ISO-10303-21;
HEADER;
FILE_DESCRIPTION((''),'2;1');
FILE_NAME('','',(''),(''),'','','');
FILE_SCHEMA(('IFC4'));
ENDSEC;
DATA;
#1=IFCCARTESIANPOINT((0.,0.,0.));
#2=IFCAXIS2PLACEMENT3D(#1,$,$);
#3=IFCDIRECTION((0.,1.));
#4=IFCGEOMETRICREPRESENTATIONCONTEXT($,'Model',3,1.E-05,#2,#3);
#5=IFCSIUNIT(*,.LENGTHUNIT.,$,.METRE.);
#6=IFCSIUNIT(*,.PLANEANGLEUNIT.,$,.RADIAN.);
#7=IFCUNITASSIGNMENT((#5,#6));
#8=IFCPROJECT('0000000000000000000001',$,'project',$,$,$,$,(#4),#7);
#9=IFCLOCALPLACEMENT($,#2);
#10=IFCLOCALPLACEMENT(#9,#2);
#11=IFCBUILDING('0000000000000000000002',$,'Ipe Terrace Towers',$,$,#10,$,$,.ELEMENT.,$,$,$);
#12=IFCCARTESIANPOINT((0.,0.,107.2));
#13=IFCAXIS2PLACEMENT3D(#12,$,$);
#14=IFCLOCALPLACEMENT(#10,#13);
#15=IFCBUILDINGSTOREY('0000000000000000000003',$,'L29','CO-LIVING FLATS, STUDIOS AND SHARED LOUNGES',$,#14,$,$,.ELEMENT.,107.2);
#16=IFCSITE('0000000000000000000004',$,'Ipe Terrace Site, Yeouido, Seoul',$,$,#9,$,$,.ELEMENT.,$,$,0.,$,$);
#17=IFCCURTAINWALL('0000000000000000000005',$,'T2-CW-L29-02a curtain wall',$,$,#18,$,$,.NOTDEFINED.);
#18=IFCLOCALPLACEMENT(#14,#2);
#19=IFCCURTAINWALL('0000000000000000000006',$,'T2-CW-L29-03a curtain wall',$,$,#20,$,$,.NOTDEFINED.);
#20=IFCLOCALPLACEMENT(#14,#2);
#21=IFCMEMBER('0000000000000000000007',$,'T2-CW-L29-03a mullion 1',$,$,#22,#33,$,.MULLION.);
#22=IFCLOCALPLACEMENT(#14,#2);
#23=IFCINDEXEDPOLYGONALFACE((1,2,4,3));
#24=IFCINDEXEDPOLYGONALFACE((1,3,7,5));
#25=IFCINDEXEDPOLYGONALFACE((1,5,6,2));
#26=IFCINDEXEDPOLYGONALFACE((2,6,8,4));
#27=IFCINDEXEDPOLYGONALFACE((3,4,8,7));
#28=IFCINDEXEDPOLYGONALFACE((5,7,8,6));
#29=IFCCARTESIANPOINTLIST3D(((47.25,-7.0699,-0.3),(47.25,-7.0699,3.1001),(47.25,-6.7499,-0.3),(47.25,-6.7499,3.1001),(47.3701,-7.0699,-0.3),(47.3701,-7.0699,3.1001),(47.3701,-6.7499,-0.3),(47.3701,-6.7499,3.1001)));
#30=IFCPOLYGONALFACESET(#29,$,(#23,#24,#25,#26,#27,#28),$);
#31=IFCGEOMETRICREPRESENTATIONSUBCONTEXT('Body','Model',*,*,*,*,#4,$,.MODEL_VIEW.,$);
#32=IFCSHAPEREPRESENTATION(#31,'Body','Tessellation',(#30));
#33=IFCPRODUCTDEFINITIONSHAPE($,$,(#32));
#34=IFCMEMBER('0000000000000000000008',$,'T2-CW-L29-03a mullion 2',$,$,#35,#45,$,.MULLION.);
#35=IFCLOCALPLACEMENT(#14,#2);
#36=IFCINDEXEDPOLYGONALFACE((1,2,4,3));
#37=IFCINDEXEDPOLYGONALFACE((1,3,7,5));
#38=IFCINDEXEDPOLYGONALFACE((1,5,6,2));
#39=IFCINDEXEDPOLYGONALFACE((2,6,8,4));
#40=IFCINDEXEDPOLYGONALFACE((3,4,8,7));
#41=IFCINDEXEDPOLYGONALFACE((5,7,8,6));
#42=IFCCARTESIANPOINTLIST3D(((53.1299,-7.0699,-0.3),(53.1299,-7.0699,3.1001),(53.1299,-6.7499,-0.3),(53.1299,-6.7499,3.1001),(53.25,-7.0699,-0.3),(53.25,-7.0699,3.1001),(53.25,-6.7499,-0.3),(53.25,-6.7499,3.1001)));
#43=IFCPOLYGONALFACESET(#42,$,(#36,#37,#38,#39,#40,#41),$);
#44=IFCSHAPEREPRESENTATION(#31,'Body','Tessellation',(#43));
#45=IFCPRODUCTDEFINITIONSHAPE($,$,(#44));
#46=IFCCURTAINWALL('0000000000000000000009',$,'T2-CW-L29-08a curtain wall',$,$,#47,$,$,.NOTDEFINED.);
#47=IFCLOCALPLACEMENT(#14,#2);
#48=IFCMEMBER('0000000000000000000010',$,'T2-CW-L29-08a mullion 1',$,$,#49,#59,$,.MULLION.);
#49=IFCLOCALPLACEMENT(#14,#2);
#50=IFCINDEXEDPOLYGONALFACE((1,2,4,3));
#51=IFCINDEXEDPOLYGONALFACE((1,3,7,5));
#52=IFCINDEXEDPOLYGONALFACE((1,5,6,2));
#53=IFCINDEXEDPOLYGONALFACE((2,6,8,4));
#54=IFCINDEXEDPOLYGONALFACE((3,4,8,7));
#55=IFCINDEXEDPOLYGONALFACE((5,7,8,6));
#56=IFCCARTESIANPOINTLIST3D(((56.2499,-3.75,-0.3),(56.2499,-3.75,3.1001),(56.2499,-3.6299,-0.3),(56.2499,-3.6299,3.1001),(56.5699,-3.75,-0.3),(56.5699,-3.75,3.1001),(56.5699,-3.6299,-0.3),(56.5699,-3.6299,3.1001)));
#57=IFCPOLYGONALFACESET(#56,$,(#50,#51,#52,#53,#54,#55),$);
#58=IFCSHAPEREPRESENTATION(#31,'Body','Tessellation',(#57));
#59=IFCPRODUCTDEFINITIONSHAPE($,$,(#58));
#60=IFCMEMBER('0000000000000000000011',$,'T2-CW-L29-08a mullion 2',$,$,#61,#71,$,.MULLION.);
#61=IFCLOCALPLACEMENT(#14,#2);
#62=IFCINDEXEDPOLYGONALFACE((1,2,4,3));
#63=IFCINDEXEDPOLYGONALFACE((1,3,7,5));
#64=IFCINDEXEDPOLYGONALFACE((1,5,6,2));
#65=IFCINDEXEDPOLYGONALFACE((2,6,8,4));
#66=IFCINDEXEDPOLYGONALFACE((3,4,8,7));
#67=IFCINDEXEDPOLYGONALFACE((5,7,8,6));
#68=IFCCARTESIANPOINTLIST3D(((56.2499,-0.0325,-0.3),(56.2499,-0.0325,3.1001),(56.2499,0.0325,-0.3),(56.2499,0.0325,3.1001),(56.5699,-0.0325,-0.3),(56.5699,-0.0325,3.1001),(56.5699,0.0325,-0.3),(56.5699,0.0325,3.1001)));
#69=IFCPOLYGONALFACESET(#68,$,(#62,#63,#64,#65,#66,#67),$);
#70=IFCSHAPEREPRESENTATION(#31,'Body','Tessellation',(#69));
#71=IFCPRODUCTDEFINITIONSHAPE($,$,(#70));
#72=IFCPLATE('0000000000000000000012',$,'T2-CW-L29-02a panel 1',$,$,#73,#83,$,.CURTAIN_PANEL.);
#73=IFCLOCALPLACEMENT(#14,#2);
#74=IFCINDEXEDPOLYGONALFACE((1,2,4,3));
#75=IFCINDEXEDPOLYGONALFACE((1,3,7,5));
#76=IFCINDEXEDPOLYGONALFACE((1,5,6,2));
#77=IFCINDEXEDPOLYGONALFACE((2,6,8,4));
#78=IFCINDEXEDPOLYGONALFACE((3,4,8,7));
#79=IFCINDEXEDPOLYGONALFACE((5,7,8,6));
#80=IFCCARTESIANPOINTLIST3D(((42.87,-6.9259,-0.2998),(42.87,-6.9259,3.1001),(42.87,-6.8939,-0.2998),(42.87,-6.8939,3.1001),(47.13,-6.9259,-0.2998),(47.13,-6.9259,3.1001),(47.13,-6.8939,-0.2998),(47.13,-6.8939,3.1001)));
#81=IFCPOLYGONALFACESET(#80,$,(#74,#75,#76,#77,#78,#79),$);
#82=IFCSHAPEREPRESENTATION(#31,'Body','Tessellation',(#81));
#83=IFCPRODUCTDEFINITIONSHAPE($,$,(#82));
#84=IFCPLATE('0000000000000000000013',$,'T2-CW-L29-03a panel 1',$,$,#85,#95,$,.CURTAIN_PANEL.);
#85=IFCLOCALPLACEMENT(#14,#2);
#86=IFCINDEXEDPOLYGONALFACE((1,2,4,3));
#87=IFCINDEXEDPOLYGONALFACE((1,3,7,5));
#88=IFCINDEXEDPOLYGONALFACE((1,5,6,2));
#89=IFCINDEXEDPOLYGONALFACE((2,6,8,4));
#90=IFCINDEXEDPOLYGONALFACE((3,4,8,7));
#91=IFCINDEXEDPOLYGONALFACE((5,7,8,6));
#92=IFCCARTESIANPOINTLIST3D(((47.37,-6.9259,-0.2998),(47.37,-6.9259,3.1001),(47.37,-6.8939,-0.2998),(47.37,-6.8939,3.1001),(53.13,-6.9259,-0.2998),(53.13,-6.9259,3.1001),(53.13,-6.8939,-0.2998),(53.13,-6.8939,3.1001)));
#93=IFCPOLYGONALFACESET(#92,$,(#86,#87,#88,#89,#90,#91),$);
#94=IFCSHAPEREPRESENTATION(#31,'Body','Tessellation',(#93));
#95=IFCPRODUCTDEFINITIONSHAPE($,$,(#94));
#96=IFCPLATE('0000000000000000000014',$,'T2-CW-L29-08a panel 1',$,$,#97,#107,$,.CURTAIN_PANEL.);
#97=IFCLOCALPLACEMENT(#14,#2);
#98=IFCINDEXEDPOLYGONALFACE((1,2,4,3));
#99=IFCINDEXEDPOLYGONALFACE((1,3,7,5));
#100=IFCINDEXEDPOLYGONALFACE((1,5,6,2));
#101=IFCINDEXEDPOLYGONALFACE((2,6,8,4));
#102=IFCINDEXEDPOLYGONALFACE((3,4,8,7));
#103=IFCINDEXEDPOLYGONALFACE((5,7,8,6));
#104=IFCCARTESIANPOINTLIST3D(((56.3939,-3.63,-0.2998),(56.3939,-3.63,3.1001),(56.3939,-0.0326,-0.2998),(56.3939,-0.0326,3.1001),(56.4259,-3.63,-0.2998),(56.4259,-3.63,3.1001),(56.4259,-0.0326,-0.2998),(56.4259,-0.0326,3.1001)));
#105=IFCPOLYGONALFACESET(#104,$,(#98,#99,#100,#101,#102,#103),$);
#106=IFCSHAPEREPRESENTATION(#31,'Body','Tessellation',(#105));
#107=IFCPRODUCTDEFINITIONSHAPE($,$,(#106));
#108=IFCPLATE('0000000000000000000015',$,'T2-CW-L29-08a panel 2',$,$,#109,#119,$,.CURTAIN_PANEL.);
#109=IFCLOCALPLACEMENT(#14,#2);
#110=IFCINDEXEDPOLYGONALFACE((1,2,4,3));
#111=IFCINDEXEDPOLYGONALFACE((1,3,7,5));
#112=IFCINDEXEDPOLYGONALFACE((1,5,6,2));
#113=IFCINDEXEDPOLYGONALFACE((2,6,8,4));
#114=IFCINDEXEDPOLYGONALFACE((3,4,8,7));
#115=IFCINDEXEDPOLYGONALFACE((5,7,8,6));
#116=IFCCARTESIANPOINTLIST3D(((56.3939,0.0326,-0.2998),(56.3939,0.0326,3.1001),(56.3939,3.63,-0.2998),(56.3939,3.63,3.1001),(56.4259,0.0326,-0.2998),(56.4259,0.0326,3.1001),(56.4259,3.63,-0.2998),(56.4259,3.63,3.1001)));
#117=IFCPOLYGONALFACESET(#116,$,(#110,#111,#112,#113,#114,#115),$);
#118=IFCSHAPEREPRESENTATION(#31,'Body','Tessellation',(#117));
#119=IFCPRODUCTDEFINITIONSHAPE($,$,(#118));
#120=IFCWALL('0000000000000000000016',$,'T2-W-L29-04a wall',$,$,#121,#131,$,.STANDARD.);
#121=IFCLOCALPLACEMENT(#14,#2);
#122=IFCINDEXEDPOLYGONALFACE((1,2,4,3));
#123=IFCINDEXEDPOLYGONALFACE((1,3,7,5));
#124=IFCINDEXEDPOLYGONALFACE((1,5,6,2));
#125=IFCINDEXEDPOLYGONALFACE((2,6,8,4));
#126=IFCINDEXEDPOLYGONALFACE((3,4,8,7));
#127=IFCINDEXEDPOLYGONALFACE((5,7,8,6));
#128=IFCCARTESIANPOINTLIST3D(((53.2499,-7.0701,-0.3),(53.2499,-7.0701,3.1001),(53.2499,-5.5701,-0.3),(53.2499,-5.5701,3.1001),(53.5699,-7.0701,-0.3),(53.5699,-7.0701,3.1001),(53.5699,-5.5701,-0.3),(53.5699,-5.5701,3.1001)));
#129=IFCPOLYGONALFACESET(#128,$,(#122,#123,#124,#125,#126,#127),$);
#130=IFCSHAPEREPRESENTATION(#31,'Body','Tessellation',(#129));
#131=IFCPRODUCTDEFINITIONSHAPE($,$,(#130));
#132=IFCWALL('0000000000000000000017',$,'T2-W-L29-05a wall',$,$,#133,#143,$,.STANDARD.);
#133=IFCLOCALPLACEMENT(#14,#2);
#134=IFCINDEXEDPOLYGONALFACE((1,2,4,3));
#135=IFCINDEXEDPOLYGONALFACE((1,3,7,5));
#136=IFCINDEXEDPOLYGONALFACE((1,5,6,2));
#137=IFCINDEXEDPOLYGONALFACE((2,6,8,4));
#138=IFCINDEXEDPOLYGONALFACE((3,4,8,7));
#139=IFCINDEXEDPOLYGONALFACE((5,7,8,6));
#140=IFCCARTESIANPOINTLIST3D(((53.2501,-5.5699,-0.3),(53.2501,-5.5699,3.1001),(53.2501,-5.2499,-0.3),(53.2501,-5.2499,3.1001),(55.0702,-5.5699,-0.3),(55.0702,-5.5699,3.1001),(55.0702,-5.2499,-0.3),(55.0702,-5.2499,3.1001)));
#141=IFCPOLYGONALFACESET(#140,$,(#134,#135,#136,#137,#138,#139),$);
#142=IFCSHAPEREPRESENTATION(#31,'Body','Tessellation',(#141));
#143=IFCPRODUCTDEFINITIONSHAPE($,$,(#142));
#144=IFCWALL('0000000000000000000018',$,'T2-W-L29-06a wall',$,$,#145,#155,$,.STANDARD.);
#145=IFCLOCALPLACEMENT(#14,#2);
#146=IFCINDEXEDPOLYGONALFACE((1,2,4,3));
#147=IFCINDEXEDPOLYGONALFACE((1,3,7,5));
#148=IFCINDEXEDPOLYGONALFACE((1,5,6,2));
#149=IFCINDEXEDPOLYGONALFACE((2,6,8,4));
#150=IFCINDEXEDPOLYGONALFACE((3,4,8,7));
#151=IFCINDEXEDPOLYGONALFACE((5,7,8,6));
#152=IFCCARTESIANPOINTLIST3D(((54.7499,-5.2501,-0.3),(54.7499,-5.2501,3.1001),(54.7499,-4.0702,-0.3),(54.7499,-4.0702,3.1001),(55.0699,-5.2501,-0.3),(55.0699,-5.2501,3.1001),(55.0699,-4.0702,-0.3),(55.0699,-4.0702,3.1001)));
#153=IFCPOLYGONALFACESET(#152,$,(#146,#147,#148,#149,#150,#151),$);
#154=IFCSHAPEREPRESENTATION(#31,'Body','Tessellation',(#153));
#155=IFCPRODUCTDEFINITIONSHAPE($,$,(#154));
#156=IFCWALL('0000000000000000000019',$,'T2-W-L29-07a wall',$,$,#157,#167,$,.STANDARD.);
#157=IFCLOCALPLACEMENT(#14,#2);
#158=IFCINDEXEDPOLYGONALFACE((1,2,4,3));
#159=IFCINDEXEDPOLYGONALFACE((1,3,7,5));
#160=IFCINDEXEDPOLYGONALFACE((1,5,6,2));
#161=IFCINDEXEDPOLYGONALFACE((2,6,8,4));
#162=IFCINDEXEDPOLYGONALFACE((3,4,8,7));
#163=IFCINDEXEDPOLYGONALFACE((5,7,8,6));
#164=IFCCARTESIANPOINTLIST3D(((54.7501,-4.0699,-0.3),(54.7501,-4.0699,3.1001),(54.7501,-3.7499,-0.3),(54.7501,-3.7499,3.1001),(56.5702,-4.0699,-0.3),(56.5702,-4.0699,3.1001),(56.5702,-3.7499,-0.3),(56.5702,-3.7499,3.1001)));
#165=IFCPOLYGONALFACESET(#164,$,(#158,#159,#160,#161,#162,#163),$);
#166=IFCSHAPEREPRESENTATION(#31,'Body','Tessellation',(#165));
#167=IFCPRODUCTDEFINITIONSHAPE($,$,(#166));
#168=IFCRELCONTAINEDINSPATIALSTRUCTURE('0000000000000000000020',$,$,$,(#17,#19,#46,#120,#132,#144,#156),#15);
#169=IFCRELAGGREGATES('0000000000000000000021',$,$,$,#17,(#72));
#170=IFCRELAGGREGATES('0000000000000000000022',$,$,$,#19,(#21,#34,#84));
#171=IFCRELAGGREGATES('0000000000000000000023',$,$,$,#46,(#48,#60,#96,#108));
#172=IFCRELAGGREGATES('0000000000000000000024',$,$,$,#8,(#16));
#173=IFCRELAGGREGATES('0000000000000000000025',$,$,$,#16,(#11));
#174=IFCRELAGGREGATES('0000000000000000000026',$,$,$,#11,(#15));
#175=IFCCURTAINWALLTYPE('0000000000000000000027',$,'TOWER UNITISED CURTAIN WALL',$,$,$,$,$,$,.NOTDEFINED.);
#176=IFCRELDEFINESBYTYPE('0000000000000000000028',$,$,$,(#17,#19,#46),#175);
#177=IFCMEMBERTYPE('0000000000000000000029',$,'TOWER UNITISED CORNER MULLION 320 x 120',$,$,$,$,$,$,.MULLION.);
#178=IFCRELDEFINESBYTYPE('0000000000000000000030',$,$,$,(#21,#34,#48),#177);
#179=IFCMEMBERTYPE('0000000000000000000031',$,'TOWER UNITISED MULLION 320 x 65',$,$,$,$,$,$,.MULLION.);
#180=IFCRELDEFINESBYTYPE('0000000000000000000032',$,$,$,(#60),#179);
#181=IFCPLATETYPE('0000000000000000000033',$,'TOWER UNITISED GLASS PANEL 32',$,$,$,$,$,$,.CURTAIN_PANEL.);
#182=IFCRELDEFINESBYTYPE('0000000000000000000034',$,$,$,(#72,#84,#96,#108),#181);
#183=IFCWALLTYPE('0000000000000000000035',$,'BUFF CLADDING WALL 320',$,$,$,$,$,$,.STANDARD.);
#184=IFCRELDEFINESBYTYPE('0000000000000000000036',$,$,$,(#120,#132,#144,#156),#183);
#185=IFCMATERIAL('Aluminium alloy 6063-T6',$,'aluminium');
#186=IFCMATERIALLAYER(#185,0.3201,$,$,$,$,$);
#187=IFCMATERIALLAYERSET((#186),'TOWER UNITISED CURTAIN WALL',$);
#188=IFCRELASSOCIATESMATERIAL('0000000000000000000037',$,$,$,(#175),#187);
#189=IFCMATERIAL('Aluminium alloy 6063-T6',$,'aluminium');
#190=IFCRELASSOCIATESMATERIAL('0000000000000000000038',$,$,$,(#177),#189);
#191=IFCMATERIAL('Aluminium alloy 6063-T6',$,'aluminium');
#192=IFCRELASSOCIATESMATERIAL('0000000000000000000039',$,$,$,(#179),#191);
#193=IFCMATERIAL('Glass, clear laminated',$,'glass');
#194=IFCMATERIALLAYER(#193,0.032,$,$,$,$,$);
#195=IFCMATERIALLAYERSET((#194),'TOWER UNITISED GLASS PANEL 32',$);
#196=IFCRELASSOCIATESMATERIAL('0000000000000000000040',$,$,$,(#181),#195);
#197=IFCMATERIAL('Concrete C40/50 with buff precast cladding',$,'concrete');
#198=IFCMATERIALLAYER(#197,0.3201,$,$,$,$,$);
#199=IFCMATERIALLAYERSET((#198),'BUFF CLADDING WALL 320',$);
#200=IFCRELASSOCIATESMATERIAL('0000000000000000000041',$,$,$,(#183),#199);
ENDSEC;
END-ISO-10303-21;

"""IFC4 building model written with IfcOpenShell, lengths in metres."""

from ifc_helpers import new_model, si_unit, direction, frame, frame_2d, origin, origin_2d, place, context, subcontext, project, spatial, rectangle, extrude, material, layer, layer_set, material_profile, profile_set, type_object, element, aggregate, save


model = new_model("IFC4")

# Units and contexts
model_context = context("Model", 3, precision=1e-05, world=origin(), true_north=direction((0.0, 1.0)))
body_context = subcontext(model_context, "Body", "Model", "MODEL_VIEW")
ifc_project = project(units=[si_unit("LENGTHUNIT", "METRE"), si_unit("PLANEANGLEUNIT", "RADIAN")], contexts=[model_context])

# Site, building, storey
site_placement = place(None, origin())
site = spatial("IfcSite", under=ifc_project, at=site_placement, Name="Ipe Terrace Site, Yeouido, Seoul", CompositionType="ELEMENT", RefElevation=0.0)
building_placement = place(site_placement, origin())
building = spatial("IfcBuilding", under=site, at=building_placement, Name="Ipe Terrace Towers", CompositionType="ELEMENT")
storey_placement = place(building_placement, frame((0.0, 0.0, 107.2)))
storey = spatial("IfcBuildingStorey", under=building, at=storey_placement, Name="L29", Description="CO-LIVING FLATS, STUDIOS AND SHARED LOUNGES", CompositionType="ELEMENT", Elevation=107.2)

# Curtain wall
ifc_material_1 = material(Name="Aluminium alloy 6063-T6", Category="aluminium")
ifc_layer_1 = layer(ifc_material_1, 0.3201)
ifc_layer_set_1 = layer_set([ifc_layer_1], Name="TOWER UNITISED CURTAIN WALL")
curtain_wall_type = type_object("IfcCurtainWallType", Name="TOWER UNITISED CURTAIN WALL", PredefinedType="NOTDEFINED", material=ifc_layer_set_1)
curtain_wall_1_placement = place(storey_placement, origin())
curtain_wall_1 = element("IfcCurtainWall", 1, at=curtain_wall_1_placement, inside=storey, type_object=curtain_wall_type, Name="T2-CW-L29-02a curtain wall", PredefinedType="NOTDEFINED")
ifc_material_2 = material(Name="Aluminium alloy 6063-T6", Category="aluminium")
ifc_material_profile_1 = material_profile(ifc_material_2, rectangle(XDim=0.3201, YDim=0.1201, at=origin_2d()), Name="TOWER UNITISED CORNER MULLION 320 x 120")
ifc_profile_set_1 = profile_set([ifc_material_profile_1], Name="Aluminium alloy 6063-T6")
member_type_1 = type_object("IfcMemberType", Name="TOWER UNITISED CORNER MULLION 320 x 120", PredefinedType="MULLION", material=ifc_profile_set_1)

# Curtain walls, members
curtain_wall_2_placement = place(storey_placement, origin())
curtain_wall_2 = element("IfcCurtainWall", 2, at=curtain_wall_2_placement, inside=storey, type_object=curtain_wall_type, Name="T2-CW-L29-03a curtain wall", PredefinedType="NOTDEFINED")
member_1_placement = place(storey_placement, frame((47.3101, -6.9099, -0.3), z_axis=(0.0, 0.0, 1.0), x_axis=(0.0, -1.0, 0.0)))
member_1 = element("IfcMember", 3, at=member_1_placement, type_object=member_type_1, Name="T2-CW-L29-03a mullion 1", PredefinedType="MULLION", context=body_context, shape_type="SweptSolid", body=[
    extrude(rectangle(XDim=0.3201, YDim=0.1201, at=origin_2d()), origin(), (0.0, 0.0, 1.0), 3.4001),
])
member_2_placement = place(storey_placement, frame((53.1899, -6.9099, -0.3), z_axis=(0.0, 0.0, 1.0), x_axis=(0.0, -1.0, 0.0)))
member_2 = element("IfcMember", 4, at=member_2_placement, type_object=member_type_1, Name="T2-CW-L29-03a mullion 2", PredefinedType="MULLION", context=body_context, shape_type="SweptSolid", body=[
    extrude(rectangle(XDim=0.3201, YDim=0.1201, at=origin_2d()), origin(), (0.0, 0.0, 1.0), 3.4001),
])
curtain_wall_3_placement = place(storey_placement, origin())
curtain_wall_3 = element("IfcCurtainWall", 5, at=curtain_wall_3_placement, inside=storey, type_object=curtain_wall_type, Name="T2-CW-L29-08a curtain wall", PredefinedType="NOTDEFINED")
member_3_placement = place(storey_placement, frame((56.4099, -3.6899, -0.3), z_axis=(0.0, 0.0, 1.0), x_axis=(1.0, 0.0, 0.0)))
member_3 = element("IfcMember", 6, at=member_3_placement, type_object=member_type_1, Name="T2-CW-L29-08a mullion 1", PredefinedType="MULLION", context=body_context, shape_type="SweptSolid", body=[
    extrude(rectangle(XDim=0.3201, YDim=0.1201, at=origin_2d()), origin(), (0.0, 0.0, 1.0), 3.4001),
])
ifc_material_3 = material(Name="Aluminium alloy 6063-T6", Category="aluminium")
ifc_material_profile_2 = material_profile(ifc_material_3, rectangle(XDim=0.3201, YDim=0.0649, at=origin_2d()), Name="TOWER UNITISED MULLION 320 x 65")
ifc_profile_set_2 = profile_set([ifc_material_profile_2], Name="Aluminium alloy 6063-T6")
member_type_2 = type_object("IfcMemberType", Name="TOWER UNITISED MULLION 320 x 65", PredefinedType="MULLION", material=ifc_profile_set_2)
member_4_placement = place(storey_placement, frame((56.4099, 0.0, -0.3), z_axis=(0.0, 0.0, 1.0), x_axis=(1.0, 0.0, 0.0)))
member_4 = element("IfcMember", 7, at=member_4_placement, type_object=member_type_2, Name="T2-CW-L29-08a mullion 2", PredefinedType="MULLION", context=body_context, shape_type="SweptSolid", body=[
    extrude(rectangle(XDim=0.3201, YDim=0.0649, at=origin_2d()), origin(), (0.0, 0.0, 1.0), 3.4001),
])

# Plates
ifc_material_4 = material(Name="Glass, clear laminated", Category="glass")
ifc_layer_2 = layer(ifc_material_4, 0.032)
ifc_layer_set_2 = layer_set([ifc_layer_2], Name="TOWER UNITISED GLASS PANEL 32")
plate_type = type_object("IfcPlateType", Name="TOWER UNITISED GLASS PANEL 32", PredefinedType="CURTAIN_PANEL", material=ifc_layer_set_2)
plate_1_placement = place(storey_placement, frame((45.0, -6.9099, -0.2998), z_axis=(0.0, 0.0, 1.0), x_axis=(1.0, 0.0, 0.0)))
plate_1 = element("IfcPlate", 8, at=plate_1_placement, type_object=plate_type, Name="T2-CW-L29-02a panel 1", PredefinedType="CURTAIN_PANEL", context=body_context, shape_type="SweptSolid", body=[
    extrude(rectangle(XDim=4.26, YDim=0.032, at=origin_2d()), origin(), (0.0, 0.0, 1.0), 3.3999),
])
aggregate(curtain_wall_1, [plate_1])
plate_2_placement = place(storey_placement, frame((50.25, -6.9099, -0.2998), z_axis=(0.0, 0.0, 1.0), x_axis=(1.0, 0.0, 0.0)))
plate_2 = element("IfcPlate", 9, at=plate_2_placement, type_object=plate_type, Name="T2-CW-L29-03a panel 1", PredefinedType="CURTAIN_PANEL", context=body_context, shape_type="SweptSolid", body=[
    extrude(rectangle(XDim=5.76, YDim=0.032, at=origin_2d()), origin(), (0.0, 0.0, 1.0), 3.3999),
])
aggregate(curtain_wall_2, [member_1, member_2, plate_2])
plate_3_placement = place(storey_placement, frame((56.4099, -1.8313, -0.2998), z_axis=(0.0, 0.0, 1.0), x_axis=(0.0, 1.0, 0.0)))
plate_3 = element("IfcPlate", 10, at=plate_3_placement, type_object=plate_type, Name="T2-CW-L29-08a panel 1", PredefinedType="CURTAIN_PANEL", context=body_context, shape_type="SweptSolid", body=[
    extrude(rectangle(XDim=3.5974, YDim=0.032, at=origin_2d()), origin(), (0.0, 0.0, 1.0), 3.3999),
])
plate_4_placement = place(storey_placement, frame((56.4099, 1.8313, -0.2998), z_axis=(0.0, 0.0, 1.0), x_axis=(0.0, 1.0, 0.0)))
plate_4 = element("IfcPlate", 11, at=plate_4_placement, type_object=plate_type, Name="T2-CW-L29-08a panel 2", PredefinedType="CURTAIN_PANEL", context=body_context, shape_type="SweptSolid", body=[
    extrude(rectangle(XDim=3.5974, YDim=0.032, at=origin_2d()), origin(), (0.0, 0.0, 1.0), 3.3999),
])
aggregate(curtain_wall_3, [member_3, member_4, plate_3, plate_4])

# Walls
ifc_material_5 = material(Name="Concrete C40/50 with buff precast cladding", Category="concrete")
ifc_layer_3 = layer(ifc_material_5, 0.3201)
ifc_layer_set_3 = layer_set([ifc_layer_3], Name="BUFF CLADDING WALL 320")
wall_type_1 = type_object("IfcWallType", Name="BUFF CLADDING WALL 320", PredefinedType="STANDARD", material=ifc_layer_set_3)
wall_1_placement = place(storey_placement, frame((53.4099, -7.0701, -0.3), z_axis=(0.0, 0.0, 1.0), x_axis=(0.0, 1.0, 0.0)))
element("IfcWall", 12, at=wall_1_placement, inside=storey, type_object=wall_type_1, Name="T2-W-L29-04a wall", PredefinedType="STANDARD", context=body_context, shape_type="SweptSolid", body=[
    extrude(rectangle(XDim=1.5, YDim=0.3201, at=frame_2d((0.75, 0.0))), origin(), (0.0, 0.0, 1.0), 3.4001),
])
wall_2_placement = place(storey_placement, frame((53.25, -5.4099, -0.3), z_axis=(0.0, 0.0, 1.0), x_axis=(1.0, 0.0, 0.0)))
element("IfcWall", 13, at=wall_2_placement, inside=storey, type_object=wall_type_1, Name="T2-W-L29-05a wall", PredefinedType="STANDARD", context=body_context, shape_type="SweptSolid", body=[
    extrude(rectangle(XDim=1.8201, YDim=0.3201, at=frame_2d((0.9102, 0.0))), origin(), (0.0, 0.0, 1.0), 3.4001),
])
wall_3_placement = place(storey_placement, frame((54.9099, -5.25, -0.3), z_axis=(0.0, 0.0, 1.0), x_axis=(0.0, 1.0, 0.0)))
element("IfcWall", 14, at=wall_3_placement, inside=storey, type_object=wall_type_1, Name="T2-W-L29-06a wall", PredefinedType="STANDARD", context=body_context, shape_type="SweptSolid", body=[
    extrude(rectangle(XDim=1.1799, YDim=0.3201, at=frame_2d((0.5898, 0.0))), origin(), (0.0, 0.0, 1.0), 3.4001),
])
wall_4_placement = place(storey_placement, frame((54.75, -3.9099, -0.3), z_axis=(0.0, 0.0, 1.0), x_axis=(1.0, 0.0, 0.0)))
element("IfcWall", 15, at=wall_4_placement, inside=storey, type_object=wall_type_1, Name="T2-W-L29-07a wall", PredefinedType="STANDARD", context=body_context, shape_type="SweptSolid", body=[
    extrude(rectangle(XDim=1.8201, YDim=0.3201, at=frame_2d((0.9102, 0.0))), origin(), (0.0, 0.0, 1.0), 3.4001),
])

save(model, "model.ifc")
